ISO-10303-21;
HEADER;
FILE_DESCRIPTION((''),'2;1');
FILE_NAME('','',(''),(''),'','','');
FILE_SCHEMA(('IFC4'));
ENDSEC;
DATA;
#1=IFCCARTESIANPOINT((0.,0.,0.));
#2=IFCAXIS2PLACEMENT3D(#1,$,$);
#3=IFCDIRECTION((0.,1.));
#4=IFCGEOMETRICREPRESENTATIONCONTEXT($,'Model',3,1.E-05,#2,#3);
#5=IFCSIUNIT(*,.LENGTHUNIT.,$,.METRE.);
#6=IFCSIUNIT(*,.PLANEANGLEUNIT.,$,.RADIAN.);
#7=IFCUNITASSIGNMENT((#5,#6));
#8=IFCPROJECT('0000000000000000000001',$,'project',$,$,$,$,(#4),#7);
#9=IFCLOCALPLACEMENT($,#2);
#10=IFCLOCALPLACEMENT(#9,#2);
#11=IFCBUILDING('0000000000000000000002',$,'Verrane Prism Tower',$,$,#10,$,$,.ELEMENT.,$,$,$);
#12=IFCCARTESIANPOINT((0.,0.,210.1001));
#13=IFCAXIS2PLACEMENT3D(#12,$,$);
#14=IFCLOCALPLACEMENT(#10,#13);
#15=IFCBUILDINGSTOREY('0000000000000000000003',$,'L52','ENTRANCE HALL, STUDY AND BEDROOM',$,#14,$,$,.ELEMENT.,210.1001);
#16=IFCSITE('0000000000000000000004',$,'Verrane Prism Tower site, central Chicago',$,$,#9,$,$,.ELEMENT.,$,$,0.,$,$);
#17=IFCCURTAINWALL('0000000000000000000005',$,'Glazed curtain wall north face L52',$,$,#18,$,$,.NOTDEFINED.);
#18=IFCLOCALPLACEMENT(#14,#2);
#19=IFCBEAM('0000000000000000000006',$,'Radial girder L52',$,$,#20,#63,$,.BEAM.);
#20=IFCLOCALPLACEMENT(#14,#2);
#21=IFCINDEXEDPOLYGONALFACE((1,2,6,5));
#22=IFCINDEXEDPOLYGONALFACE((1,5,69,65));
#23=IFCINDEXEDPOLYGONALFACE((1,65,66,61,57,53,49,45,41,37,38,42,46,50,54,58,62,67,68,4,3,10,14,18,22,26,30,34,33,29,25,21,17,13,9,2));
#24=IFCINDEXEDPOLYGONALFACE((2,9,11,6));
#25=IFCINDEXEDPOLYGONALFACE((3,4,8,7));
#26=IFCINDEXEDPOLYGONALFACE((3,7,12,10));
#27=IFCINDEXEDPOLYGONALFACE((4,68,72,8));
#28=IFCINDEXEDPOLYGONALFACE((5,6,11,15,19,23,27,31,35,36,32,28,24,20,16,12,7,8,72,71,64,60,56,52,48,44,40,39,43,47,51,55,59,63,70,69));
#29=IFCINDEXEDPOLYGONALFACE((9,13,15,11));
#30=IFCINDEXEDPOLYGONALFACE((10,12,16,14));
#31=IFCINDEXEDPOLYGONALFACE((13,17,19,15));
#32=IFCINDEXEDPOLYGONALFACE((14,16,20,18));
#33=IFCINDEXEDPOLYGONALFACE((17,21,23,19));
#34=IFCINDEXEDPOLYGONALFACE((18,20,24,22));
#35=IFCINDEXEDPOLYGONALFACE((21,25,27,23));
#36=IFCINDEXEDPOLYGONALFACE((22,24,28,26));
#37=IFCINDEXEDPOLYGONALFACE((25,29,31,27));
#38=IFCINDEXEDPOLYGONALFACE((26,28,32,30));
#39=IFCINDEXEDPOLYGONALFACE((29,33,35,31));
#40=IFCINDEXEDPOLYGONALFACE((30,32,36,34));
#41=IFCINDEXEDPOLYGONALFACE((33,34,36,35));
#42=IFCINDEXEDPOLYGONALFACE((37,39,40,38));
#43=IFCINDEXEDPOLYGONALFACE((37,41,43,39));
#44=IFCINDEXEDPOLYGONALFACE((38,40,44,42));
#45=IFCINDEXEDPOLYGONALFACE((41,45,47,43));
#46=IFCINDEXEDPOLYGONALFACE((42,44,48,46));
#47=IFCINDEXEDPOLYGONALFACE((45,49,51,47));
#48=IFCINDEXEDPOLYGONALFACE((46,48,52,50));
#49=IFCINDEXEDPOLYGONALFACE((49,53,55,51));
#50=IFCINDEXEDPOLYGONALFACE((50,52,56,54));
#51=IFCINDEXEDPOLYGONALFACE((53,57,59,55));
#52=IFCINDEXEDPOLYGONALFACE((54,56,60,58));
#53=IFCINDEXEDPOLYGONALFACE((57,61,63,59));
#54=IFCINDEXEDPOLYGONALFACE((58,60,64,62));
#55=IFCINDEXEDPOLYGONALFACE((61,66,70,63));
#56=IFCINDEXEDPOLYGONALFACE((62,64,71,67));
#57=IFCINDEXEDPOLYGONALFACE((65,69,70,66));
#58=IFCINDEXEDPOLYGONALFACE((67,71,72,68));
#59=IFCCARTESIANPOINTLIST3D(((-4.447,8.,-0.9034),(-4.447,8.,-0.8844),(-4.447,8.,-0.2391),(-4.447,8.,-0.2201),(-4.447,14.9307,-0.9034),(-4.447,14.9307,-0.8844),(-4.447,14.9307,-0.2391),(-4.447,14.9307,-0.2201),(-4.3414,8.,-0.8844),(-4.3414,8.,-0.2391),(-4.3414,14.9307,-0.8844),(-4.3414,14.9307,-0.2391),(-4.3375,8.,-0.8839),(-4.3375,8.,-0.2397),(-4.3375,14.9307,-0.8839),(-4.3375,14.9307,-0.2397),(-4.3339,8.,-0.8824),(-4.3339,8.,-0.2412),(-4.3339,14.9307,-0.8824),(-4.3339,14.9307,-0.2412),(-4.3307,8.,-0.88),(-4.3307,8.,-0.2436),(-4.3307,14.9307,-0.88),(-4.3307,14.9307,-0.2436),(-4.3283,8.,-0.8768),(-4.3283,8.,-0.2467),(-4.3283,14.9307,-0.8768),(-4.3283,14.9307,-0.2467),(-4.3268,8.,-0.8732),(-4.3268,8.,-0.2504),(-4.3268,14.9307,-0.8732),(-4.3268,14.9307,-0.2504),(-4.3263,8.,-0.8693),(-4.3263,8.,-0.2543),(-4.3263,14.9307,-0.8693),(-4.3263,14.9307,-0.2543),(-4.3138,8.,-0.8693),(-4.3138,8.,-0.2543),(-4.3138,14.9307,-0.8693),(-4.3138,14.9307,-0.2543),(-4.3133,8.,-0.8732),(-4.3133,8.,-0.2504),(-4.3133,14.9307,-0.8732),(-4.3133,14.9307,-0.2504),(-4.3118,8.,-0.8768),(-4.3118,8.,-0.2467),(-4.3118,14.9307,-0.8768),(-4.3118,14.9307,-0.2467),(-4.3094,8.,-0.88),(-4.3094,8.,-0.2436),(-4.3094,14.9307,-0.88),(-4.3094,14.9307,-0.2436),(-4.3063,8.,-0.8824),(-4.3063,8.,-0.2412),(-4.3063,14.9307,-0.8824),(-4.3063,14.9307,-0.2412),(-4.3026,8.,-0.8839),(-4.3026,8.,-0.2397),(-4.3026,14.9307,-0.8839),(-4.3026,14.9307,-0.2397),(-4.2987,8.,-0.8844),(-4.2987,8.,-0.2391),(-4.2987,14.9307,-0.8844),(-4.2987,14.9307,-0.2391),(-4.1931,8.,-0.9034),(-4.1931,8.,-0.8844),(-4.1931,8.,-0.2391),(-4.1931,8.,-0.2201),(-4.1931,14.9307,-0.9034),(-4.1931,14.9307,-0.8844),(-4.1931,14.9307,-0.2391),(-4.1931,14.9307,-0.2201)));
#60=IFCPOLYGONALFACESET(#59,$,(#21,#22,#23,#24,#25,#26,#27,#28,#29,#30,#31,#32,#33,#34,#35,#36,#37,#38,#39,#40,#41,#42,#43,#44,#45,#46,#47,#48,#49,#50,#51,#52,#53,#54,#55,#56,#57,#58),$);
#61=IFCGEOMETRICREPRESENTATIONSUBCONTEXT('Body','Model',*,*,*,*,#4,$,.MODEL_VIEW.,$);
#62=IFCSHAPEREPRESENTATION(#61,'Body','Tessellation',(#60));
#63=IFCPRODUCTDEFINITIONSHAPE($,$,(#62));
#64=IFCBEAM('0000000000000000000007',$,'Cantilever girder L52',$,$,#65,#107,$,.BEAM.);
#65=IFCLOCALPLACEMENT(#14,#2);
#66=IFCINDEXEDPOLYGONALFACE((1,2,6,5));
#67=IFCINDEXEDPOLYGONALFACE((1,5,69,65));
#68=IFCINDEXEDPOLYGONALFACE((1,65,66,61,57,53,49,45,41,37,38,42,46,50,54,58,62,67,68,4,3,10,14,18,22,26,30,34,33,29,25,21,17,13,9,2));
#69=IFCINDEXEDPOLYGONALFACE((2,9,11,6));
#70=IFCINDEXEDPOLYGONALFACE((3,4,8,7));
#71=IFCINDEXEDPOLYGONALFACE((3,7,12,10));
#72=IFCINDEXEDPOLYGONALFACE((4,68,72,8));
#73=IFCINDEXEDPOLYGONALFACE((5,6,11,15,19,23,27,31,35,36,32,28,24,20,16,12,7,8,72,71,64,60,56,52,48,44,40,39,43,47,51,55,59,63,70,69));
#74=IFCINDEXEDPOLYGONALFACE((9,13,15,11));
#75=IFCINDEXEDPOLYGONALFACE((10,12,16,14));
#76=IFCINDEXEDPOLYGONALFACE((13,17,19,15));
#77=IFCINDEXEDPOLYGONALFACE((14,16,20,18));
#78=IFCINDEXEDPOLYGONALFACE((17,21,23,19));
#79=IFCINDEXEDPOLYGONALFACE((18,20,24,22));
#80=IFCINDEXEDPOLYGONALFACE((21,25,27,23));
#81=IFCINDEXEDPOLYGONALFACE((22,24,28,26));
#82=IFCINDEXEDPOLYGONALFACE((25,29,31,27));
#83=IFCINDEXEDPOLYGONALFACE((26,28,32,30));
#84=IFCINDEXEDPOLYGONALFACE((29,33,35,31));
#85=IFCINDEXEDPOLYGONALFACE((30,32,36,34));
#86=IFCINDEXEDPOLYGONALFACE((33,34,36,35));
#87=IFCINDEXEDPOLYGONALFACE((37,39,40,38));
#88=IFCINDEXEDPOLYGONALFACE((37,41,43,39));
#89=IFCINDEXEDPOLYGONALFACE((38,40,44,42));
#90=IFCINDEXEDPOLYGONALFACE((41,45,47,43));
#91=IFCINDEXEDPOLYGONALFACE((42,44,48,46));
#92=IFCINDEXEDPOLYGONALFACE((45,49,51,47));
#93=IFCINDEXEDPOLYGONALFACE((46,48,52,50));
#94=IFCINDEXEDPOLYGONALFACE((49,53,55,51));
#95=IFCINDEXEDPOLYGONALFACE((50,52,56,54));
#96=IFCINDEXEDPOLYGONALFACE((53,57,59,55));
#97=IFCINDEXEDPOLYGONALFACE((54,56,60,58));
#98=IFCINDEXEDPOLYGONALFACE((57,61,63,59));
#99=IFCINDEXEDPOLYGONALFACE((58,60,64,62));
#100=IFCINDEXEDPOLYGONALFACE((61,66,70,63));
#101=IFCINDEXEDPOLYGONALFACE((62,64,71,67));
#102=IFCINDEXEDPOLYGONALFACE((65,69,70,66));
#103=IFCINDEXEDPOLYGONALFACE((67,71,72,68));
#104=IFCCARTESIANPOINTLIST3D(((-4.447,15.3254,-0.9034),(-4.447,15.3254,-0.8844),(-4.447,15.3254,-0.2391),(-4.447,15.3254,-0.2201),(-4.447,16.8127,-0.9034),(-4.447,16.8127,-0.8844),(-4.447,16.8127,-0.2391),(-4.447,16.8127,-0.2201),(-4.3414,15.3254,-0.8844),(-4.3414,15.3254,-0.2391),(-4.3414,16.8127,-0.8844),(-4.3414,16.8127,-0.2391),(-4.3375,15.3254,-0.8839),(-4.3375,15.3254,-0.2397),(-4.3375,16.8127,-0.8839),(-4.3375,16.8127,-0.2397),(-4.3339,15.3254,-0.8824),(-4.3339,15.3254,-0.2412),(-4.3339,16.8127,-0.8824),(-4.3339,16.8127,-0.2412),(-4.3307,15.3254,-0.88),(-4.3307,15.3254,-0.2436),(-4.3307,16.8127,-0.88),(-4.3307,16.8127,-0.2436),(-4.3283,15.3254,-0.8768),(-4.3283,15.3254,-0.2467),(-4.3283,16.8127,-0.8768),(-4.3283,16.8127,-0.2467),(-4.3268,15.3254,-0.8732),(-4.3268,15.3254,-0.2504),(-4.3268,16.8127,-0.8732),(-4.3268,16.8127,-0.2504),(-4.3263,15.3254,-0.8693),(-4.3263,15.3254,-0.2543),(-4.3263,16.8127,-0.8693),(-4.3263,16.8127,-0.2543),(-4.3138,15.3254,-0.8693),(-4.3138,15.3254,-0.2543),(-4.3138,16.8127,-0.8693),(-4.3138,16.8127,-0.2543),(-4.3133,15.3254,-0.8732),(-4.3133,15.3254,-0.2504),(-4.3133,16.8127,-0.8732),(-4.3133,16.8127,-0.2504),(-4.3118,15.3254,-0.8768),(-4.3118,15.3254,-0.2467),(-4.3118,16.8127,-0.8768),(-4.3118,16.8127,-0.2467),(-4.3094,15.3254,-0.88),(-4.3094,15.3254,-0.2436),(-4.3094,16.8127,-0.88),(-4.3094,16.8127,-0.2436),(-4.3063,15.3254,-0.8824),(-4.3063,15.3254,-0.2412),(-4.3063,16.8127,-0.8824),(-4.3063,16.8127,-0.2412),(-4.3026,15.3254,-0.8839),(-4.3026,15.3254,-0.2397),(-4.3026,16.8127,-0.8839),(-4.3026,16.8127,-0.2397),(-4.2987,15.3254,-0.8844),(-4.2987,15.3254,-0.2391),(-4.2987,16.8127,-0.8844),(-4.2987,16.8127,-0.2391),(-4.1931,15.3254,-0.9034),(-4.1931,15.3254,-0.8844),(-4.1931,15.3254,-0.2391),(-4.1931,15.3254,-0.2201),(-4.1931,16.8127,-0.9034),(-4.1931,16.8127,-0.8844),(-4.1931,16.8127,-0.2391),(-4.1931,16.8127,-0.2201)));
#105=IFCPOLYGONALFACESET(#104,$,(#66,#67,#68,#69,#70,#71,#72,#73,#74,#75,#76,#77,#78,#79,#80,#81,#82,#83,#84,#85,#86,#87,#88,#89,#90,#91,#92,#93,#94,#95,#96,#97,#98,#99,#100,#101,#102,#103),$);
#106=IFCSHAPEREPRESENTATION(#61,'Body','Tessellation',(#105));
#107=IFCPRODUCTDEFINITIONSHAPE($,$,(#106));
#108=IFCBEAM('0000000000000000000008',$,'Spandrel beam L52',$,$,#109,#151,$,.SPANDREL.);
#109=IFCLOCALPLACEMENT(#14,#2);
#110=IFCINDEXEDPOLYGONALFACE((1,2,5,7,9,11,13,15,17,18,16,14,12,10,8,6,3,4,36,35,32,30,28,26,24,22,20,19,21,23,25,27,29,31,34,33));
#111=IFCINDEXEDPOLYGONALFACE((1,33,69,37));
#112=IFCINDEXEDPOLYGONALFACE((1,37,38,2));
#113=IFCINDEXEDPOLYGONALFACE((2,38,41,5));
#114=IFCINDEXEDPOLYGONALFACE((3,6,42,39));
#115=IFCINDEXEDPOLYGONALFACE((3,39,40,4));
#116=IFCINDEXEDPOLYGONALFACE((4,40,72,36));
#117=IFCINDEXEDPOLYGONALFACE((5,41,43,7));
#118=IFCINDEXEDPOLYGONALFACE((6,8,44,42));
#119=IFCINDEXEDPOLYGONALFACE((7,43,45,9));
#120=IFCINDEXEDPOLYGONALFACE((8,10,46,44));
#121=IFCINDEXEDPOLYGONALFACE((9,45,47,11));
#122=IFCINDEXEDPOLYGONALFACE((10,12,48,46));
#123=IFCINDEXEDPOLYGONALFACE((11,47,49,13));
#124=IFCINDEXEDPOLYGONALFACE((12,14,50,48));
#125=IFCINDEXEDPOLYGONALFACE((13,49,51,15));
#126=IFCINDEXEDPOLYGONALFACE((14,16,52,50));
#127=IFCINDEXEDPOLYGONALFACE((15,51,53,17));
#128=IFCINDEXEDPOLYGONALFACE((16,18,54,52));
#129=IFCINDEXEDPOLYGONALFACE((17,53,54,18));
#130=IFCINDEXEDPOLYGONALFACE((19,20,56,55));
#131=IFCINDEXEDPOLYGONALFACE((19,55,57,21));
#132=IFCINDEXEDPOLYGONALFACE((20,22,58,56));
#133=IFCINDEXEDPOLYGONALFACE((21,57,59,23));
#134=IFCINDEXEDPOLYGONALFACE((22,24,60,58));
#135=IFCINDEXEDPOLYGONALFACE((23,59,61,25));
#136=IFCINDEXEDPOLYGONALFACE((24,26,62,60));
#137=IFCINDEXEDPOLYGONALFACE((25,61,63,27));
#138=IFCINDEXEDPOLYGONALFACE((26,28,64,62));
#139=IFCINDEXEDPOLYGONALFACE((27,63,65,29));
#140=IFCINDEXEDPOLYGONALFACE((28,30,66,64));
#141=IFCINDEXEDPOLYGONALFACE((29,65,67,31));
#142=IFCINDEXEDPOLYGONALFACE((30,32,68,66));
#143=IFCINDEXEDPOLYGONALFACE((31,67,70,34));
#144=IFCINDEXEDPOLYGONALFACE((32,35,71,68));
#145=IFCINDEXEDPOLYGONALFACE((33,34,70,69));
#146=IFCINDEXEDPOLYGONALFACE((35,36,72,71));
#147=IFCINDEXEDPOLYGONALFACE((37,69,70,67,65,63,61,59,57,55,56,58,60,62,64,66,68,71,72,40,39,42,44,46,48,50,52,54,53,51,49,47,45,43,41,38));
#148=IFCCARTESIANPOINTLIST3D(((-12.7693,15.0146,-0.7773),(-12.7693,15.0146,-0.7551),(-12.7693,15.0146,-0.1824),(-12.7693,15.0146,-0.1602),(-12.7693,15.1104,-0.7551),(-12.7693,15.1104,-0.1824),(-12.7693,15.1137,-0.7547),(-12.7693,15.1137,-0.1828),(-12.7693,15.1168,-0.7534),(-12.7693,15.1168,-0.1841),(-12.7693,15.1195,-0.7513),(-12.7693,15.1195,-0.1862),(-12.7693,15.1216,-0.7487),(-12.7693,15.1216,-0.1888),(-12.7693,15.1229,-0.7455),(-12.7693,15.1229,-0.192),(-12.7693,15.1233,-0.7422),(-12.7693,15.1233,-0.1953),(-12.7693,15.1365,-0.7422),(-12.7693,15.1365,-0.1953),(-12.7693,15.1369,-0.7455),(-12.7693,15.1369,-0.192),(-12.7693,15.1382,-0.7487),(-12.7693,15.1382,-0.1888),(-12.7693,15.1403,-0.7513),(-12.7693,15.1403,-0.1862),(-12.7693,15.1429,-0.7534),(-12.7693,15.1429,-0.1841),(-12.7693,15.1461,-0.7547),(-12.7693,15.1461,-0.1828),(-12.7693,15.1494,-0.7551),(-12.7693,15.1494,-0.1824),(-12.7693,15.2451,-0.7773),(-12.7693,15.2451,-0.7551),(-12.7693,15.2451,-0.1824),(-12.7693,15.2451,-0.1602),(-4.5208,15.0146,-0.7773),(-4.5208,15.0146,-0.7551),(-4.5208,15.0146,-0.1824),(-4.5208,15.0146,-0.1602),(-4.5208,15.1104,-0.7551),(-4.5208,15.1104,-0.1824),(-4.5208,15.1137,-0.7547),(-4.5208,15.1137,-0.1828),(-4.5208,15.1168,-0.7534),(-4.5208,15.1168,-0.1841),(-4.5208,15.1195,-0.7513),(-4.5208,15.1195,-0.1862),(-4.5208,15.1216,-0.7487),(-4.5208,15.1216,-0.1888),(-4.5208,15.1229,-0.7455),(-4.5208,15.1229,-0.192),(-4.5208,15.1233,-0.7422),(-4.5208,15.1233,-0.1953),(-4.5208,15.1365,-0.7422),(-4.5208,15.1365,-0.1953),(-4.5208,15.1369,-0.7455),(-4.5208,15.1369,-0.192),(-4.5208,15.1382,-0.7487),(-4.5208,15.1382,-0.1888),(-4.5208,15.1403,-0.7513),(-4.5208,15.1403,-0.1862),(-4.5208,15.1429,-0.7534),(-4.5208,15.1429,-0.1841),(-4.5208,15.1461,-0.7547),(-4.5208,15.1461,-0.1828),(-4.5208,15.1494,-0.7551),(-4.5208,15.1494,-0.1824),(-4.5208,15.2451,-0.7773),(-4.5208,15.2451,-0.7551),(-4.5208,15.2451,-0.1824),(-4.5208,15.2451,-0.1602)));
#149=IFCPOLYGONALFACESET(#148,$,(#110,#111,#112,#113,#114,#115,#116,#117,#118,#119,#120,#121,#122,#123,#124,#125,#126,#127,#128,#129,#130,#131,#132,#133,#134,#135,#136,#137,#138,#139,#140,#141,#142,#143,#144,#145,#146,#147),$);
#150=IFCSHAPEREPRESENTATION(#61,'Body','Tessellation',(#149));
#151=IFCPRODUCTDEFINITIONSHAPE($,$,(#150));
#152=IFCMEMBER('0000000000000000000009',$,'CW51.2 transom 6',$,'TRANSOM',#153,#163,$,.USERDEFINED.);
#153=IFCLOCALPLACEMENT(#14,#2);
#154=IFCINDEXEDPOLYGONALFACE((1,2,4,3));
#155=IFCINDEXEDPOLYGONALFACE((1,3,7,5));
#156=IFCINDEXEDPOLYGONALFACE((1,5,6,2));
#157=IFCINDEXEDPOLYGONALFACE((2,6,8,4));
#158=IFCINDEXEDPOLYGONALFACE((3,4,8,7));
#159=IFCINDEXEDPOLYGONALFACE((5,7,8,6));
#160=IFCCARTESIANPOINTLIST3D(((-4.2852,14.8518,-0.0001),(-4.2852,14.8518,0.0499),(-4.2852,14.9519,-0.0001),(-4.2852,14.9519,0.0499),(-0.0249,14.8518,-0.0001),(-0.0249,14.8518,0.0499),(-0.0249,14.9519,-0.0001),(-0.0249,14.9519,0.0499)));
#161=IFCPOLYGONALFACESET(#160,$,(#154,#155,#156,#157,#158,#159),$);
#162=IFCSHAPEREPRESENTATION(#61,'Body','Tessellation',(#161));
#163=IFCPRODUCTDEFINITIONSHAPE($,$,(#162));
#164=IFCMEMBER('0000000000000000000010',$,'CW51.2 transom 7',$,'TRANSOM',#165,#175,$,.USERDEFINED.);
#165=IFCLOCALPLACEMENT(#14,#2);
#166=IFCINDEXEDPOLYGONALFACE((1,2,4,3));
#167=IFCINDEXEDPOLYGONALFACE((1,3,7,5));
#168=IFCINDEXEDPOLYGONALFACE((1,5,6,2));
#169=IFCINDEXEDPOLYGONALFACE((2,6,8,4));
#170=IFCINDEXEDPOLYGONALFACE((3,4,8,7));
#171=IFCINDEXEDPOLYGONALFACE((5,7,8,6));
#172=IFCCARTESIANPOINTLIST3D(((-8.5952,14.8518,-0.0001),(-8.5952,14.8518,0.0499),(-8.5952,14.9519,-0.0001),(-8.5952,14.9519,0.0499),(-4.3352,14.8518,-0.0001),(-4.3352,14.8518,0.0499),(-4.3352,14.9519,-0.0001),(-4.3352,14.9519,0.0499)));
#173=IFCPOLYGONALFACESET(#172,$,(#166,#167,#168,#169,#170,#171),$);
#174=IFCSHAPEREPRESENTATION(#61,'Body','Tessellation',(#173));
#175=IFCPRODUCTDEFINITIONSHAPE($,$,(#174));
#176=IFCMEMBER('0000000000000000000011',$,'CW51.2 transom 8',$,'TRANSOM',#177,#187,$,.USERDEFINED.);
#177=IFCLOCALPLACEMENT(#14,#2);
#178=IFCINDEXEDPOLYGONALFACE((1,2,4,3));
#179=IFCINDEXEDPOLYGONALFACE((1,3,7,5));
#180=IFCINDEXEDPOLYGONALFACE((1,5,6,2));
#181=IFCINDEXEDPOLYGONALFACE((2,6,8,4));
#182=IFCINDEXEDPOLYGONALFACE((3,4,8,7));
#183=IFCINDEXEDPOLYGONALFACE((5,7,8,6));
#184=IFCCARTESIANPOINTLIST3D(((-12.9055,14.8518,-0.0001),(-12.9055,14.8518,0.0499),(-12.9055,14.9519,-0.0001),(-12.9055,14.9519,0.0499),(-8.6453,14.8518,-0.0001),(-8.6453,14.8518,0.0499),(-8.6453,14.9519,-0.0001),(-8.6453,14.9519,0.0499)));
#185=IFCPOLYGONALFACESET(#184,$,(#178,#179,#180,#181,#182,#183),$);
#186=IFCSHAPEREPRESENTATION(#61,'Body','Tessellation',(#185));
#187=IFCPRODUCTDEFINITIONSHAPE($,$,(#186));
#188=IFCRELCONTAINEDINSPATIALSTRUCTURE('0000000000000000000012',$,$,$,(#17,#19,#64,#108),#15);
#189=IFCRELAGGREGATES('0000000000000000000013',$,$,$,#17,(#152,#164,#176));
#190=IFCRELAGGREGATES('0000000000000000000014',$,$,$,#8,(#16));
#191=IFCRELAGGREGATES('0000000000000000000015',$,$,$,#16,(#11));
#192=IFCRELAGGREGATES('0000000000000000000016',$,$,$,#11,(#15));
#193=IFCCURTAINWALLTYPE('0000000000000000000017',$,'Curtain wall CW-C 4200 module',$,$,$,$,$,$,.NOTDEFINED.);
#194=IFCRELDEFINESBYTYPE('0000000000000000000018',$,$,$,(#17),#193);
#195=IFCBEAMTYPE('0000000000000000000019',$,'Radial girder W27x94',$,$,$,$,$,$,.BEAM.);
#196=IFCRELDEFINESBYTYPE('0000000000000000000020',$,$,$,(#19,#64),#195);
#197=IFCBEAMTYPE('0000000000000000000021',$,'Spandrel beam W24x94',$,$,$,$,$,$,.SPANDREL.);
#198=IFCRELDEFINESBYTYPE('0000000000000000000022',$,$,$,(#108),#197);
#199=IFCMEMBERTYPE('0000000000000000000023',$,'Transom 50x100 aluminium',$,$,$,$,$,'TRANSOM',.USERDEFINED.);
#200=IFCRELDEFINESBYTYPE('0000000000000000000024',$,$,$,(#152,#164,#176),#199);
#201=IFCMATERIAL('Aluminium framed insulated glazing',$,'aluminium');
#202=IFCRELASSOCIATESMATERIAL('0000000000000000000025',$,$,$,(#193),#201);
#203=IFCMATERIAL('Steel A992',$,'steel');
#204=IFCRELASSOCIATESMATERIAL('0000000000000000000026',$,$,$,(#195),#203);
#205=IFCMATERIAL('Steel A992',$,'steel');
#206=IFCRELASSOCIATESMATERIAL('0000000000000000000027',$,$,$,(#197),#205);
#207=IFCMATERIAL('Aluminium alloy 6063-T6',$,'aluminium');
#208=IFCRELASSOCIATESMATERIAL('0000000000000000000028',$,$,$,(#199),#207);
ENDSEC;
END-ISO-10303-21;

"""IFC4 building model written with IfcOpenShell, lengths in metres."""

from ifc_helpers import new_model, si_unit, direction, frame, origin, origin_2d, place, context, subcontext, project, spatial, rectangle, i_section, extrude, material, material_profile, profile_set, type_object, element, aggregate, save


model = new_model("IFC4")

# Units and contexts
model_context = context("Model", 3, precision=1e-05, world=origin(), true_north=direction((0.0, 1.0)))
body_context = subcontext(model_context, "Body", "Model", "MODEL_VIEW")
ifc_project = project(units=[si_unit("LENGTHUNIT", "METRE"), si_unit("PLANEANGLEUNIT", "RADIAN")], contexts=[model_context])

# Site, building, storey
site_placement = place(None, origin())
site = spatial("IfcSite", under=ifc_project, at=site_placement, Name="Verrane Prism Tower site, central Chicago", CompositionType="ELEMENT", RefElevation=0.0)
building_placement = place(site_placement, origin())
building = spatial("IfcBuilding", under=site, at=building_placement, Name="Verrane Prism Tower", CompositionType="ELEMENT")
storey_placement = place(building_placement, frame((0.0, 0.0, 210.1001)))
storey = spatial("IfcBuildingStorey", under=building, at=storey_placement, Name="L52", Description="ENTRANCE HALL, STUDY AND BEDROOM", CompositionType="ELEMENT", Elevation=210.1001)

# Curtain wall
ifc_material_1 = material(Name="Aluminium framed insulated glazing", Category="aluminium")
curtain_wall_type = type_object("IfcCurtainWallType", Name="Curtain wall CW-C 4200 module", PredefinedType="NOTDEFINED", material=ifc_material_1)
curtain_wall_placement = place(storey_placement, origin())
curtain_wall = element("IfcCurtainWall", 1, at=curtain_wall_placement, inside=storey, type_object=curtain_wall_type, Name="Glazed curtain wall north face L52", PredefinedType="NOTDEFINED")

# Beams
ifc_material_2 = material(Name="Steel A992", Category="steel")
ifc_material_profile_1 = material_profile(ifc_material_2, i_section(OverallWidth=0.2539, OverallDepth=0.6833, WebThickness=0.0125, FlangeThickness=0.019, FilletRadius=0.0151, at=origin_2d()), Name="W27x94")
ifc_profile_set_1 = profile_set([ifc_material_profile_1], Name="Steel A992")
beam_type_1 = type_object("IfcBeamType", Name="Radial girder W27x94", PredefinedType="BEAM", material=ifc_profile_set_1)
beam_1_placement = place(storey_placement, frame((-4.3201, 14.9307, -0.5618), z_axis=(0.0, -1.0, 0.0), x_axis=(1.0, 0.0, 0.0)))
element("IfcBeam", 2, at=beam_1_placement, inside=storey, type_object=beam_type_1, Name="Radial girder L52", PredefinedType="BEAM", context=body_context, shape_type="SweptSolid", body=[
    extrude(i_section(OverallWidth=0.2539, OverallDepth=0.6833, WebThickness=0.0125, FlangeThickness=0.019, FilletRadius=0.0151, at=origin_2d()), origin(), (0.0, 0.0, 1.0), 6.9307),
])
beam_2_placement = place(storey_placement, frame((-4.3201, 15.3254, -0.5618), z_axis=(0.0, 1.0, 0.0), x_axis=(-1.0, 0.0, 0.0)))
element("IfcBeam", 3, at=beam_2_placement, inside=storey, type_object=beam_type_1, Name="Cantilever girder L52", PredefinedType="BEAM", context=body_context, shape_type="SweptSolid", body=[
    extrude(i_section(OverallWidth=0.2539, OverallDepth=0.6833, WebThickness=0.0125, FlangeThickness=0.019, FilletRadius=0.0151, at=origin_2d()), origin(), (0.0, 0.0, 1.0), 1.4873),
])
ifc_material_3 = material(Name="Steel A992", Category="steel")
ifc_material_profile_2 = material_profile(ifc_material_3, i_section(OverallWidth=0.2305, OverallDepth=0.6172, WebThickness=0.0132, FlangeThickness=0.0222, FilletRadius=0.0129, at=origin_2d()), Name="W24x94")
ifc_profile_set_2 = profile_set([ifc_material_profile_2], Name="Steel A992")
beam_type_2 = type_object("IfcBeamType", Name="Spandrel beam W24x94", PredefinedType="SPANDREL", material=ifc_profile_set_2)
beam_3_placement = place(storey_placement, frame((-4.5208, 15.1299, -0.4688), z_axis=(-1.0, 0.0, 0.0), x_axis=(0.0, -1.0, 0.0)))
element("IfcBeam", 4, at=beam_3_placement, inside=storey, type_object=beam_type_2, Name="Spandrel beam L52", PredefinedType="SPANDREL", context=body_context, shape_type="SweptSolid", body=[
    extrude(i_section(OverallWidth=0.2305, OverallDepth=0.6172, WebThickness=0.0132, FlangeThickness=0.0222, FilletRadius=0.0129, at=origin_2d()), origin(), (0.0, 0.0, 1.0), 8.2485),
])

# Members
ifc_material_4 = material(Name="Aluminium alloy 6063-T6", Category="aluminium")
ifc_material_profile_3 = material_profile(ifc_material_4, rectangle(XDim=0.1001, YDim=0.05, at=origin_2d()), Name="Transom 50x100 aluminium")
ifc_profile_set_3 = profile_set([ifc_material_profile_3], Name="Aluminium alloy 6063-T6")
member_type_1 = type_object("IfcMemberType", Name="Transom 50x100 aluminium", ElementType="TRANSOM", PredefinedType="USERDEFINED", material=ifc_profile_set_3)
member_1_placement = place(storey_placement, frame((-0.0249, 14.9019, 0.0249), z_axis=(-1.0, 0.0, 0.0), x_axis=(0.0, -1.0, 0.0)))
member_1 = element("IfcMember", 5, at=member_1_placement, type_object=member_type_1, Name="CW51.2 transom 6", ObjectType="TRANSOM", PredefinedType="USERDEFINED", context=body_context, shape_type="SweptSolid", body=[
    extrude(rectangle(XDim=0.1001, YDim=0.05, at=origin_2d()), origin(), (0.0, 0.0, 1.0), 4.2603),
])
member_2_placement = place(storey_placement, frame((-4.3352, 14.9019, 0.0249), z_axis=(-1.0, 0.0, 0.0), x_axis=(0.0, -1.0, 0.0)))
member_2 = element("IfcMember", 6, at=member_2_placement, type_object=member_type_1, Name="CW51.2 transom 7", ObjectType="TRANSOM", PredefinedType="USERDEFINED", context=body_context, shape_type="SweptSolid", body=[
    extrude(rectangle(XDim=0.1001, YDim=0.05, at=origin_2d()), origin(), (0.0, 0.0, 1.0), 4.26),
])
member_3_placement = place(storey_placement, frame((-8.6453, 14.9019, 0.0249), z_axis=(-1.0, 0.0, 0.0), x_axis=(0.0, -1.0, 0.0)))
member_3 = element("IfcMember", 7, at=member_3_placement, type_object=member_type_1, Name="CW51.2 transom 8", ObjectType="TRANSOM", PredefinedType="USERDEFINED", context=body_context, shape_type="SweptSolid", body=[
    extrude(rectangle(XDim=0.1001, YDim=0.05, at=origin_2d()), origin(), (0.0, 0.0, 1.0), 4.2603),
])

aggregate(curtain_wall, [member_1, member_2, member_3])

save(model, "model.ifc")
